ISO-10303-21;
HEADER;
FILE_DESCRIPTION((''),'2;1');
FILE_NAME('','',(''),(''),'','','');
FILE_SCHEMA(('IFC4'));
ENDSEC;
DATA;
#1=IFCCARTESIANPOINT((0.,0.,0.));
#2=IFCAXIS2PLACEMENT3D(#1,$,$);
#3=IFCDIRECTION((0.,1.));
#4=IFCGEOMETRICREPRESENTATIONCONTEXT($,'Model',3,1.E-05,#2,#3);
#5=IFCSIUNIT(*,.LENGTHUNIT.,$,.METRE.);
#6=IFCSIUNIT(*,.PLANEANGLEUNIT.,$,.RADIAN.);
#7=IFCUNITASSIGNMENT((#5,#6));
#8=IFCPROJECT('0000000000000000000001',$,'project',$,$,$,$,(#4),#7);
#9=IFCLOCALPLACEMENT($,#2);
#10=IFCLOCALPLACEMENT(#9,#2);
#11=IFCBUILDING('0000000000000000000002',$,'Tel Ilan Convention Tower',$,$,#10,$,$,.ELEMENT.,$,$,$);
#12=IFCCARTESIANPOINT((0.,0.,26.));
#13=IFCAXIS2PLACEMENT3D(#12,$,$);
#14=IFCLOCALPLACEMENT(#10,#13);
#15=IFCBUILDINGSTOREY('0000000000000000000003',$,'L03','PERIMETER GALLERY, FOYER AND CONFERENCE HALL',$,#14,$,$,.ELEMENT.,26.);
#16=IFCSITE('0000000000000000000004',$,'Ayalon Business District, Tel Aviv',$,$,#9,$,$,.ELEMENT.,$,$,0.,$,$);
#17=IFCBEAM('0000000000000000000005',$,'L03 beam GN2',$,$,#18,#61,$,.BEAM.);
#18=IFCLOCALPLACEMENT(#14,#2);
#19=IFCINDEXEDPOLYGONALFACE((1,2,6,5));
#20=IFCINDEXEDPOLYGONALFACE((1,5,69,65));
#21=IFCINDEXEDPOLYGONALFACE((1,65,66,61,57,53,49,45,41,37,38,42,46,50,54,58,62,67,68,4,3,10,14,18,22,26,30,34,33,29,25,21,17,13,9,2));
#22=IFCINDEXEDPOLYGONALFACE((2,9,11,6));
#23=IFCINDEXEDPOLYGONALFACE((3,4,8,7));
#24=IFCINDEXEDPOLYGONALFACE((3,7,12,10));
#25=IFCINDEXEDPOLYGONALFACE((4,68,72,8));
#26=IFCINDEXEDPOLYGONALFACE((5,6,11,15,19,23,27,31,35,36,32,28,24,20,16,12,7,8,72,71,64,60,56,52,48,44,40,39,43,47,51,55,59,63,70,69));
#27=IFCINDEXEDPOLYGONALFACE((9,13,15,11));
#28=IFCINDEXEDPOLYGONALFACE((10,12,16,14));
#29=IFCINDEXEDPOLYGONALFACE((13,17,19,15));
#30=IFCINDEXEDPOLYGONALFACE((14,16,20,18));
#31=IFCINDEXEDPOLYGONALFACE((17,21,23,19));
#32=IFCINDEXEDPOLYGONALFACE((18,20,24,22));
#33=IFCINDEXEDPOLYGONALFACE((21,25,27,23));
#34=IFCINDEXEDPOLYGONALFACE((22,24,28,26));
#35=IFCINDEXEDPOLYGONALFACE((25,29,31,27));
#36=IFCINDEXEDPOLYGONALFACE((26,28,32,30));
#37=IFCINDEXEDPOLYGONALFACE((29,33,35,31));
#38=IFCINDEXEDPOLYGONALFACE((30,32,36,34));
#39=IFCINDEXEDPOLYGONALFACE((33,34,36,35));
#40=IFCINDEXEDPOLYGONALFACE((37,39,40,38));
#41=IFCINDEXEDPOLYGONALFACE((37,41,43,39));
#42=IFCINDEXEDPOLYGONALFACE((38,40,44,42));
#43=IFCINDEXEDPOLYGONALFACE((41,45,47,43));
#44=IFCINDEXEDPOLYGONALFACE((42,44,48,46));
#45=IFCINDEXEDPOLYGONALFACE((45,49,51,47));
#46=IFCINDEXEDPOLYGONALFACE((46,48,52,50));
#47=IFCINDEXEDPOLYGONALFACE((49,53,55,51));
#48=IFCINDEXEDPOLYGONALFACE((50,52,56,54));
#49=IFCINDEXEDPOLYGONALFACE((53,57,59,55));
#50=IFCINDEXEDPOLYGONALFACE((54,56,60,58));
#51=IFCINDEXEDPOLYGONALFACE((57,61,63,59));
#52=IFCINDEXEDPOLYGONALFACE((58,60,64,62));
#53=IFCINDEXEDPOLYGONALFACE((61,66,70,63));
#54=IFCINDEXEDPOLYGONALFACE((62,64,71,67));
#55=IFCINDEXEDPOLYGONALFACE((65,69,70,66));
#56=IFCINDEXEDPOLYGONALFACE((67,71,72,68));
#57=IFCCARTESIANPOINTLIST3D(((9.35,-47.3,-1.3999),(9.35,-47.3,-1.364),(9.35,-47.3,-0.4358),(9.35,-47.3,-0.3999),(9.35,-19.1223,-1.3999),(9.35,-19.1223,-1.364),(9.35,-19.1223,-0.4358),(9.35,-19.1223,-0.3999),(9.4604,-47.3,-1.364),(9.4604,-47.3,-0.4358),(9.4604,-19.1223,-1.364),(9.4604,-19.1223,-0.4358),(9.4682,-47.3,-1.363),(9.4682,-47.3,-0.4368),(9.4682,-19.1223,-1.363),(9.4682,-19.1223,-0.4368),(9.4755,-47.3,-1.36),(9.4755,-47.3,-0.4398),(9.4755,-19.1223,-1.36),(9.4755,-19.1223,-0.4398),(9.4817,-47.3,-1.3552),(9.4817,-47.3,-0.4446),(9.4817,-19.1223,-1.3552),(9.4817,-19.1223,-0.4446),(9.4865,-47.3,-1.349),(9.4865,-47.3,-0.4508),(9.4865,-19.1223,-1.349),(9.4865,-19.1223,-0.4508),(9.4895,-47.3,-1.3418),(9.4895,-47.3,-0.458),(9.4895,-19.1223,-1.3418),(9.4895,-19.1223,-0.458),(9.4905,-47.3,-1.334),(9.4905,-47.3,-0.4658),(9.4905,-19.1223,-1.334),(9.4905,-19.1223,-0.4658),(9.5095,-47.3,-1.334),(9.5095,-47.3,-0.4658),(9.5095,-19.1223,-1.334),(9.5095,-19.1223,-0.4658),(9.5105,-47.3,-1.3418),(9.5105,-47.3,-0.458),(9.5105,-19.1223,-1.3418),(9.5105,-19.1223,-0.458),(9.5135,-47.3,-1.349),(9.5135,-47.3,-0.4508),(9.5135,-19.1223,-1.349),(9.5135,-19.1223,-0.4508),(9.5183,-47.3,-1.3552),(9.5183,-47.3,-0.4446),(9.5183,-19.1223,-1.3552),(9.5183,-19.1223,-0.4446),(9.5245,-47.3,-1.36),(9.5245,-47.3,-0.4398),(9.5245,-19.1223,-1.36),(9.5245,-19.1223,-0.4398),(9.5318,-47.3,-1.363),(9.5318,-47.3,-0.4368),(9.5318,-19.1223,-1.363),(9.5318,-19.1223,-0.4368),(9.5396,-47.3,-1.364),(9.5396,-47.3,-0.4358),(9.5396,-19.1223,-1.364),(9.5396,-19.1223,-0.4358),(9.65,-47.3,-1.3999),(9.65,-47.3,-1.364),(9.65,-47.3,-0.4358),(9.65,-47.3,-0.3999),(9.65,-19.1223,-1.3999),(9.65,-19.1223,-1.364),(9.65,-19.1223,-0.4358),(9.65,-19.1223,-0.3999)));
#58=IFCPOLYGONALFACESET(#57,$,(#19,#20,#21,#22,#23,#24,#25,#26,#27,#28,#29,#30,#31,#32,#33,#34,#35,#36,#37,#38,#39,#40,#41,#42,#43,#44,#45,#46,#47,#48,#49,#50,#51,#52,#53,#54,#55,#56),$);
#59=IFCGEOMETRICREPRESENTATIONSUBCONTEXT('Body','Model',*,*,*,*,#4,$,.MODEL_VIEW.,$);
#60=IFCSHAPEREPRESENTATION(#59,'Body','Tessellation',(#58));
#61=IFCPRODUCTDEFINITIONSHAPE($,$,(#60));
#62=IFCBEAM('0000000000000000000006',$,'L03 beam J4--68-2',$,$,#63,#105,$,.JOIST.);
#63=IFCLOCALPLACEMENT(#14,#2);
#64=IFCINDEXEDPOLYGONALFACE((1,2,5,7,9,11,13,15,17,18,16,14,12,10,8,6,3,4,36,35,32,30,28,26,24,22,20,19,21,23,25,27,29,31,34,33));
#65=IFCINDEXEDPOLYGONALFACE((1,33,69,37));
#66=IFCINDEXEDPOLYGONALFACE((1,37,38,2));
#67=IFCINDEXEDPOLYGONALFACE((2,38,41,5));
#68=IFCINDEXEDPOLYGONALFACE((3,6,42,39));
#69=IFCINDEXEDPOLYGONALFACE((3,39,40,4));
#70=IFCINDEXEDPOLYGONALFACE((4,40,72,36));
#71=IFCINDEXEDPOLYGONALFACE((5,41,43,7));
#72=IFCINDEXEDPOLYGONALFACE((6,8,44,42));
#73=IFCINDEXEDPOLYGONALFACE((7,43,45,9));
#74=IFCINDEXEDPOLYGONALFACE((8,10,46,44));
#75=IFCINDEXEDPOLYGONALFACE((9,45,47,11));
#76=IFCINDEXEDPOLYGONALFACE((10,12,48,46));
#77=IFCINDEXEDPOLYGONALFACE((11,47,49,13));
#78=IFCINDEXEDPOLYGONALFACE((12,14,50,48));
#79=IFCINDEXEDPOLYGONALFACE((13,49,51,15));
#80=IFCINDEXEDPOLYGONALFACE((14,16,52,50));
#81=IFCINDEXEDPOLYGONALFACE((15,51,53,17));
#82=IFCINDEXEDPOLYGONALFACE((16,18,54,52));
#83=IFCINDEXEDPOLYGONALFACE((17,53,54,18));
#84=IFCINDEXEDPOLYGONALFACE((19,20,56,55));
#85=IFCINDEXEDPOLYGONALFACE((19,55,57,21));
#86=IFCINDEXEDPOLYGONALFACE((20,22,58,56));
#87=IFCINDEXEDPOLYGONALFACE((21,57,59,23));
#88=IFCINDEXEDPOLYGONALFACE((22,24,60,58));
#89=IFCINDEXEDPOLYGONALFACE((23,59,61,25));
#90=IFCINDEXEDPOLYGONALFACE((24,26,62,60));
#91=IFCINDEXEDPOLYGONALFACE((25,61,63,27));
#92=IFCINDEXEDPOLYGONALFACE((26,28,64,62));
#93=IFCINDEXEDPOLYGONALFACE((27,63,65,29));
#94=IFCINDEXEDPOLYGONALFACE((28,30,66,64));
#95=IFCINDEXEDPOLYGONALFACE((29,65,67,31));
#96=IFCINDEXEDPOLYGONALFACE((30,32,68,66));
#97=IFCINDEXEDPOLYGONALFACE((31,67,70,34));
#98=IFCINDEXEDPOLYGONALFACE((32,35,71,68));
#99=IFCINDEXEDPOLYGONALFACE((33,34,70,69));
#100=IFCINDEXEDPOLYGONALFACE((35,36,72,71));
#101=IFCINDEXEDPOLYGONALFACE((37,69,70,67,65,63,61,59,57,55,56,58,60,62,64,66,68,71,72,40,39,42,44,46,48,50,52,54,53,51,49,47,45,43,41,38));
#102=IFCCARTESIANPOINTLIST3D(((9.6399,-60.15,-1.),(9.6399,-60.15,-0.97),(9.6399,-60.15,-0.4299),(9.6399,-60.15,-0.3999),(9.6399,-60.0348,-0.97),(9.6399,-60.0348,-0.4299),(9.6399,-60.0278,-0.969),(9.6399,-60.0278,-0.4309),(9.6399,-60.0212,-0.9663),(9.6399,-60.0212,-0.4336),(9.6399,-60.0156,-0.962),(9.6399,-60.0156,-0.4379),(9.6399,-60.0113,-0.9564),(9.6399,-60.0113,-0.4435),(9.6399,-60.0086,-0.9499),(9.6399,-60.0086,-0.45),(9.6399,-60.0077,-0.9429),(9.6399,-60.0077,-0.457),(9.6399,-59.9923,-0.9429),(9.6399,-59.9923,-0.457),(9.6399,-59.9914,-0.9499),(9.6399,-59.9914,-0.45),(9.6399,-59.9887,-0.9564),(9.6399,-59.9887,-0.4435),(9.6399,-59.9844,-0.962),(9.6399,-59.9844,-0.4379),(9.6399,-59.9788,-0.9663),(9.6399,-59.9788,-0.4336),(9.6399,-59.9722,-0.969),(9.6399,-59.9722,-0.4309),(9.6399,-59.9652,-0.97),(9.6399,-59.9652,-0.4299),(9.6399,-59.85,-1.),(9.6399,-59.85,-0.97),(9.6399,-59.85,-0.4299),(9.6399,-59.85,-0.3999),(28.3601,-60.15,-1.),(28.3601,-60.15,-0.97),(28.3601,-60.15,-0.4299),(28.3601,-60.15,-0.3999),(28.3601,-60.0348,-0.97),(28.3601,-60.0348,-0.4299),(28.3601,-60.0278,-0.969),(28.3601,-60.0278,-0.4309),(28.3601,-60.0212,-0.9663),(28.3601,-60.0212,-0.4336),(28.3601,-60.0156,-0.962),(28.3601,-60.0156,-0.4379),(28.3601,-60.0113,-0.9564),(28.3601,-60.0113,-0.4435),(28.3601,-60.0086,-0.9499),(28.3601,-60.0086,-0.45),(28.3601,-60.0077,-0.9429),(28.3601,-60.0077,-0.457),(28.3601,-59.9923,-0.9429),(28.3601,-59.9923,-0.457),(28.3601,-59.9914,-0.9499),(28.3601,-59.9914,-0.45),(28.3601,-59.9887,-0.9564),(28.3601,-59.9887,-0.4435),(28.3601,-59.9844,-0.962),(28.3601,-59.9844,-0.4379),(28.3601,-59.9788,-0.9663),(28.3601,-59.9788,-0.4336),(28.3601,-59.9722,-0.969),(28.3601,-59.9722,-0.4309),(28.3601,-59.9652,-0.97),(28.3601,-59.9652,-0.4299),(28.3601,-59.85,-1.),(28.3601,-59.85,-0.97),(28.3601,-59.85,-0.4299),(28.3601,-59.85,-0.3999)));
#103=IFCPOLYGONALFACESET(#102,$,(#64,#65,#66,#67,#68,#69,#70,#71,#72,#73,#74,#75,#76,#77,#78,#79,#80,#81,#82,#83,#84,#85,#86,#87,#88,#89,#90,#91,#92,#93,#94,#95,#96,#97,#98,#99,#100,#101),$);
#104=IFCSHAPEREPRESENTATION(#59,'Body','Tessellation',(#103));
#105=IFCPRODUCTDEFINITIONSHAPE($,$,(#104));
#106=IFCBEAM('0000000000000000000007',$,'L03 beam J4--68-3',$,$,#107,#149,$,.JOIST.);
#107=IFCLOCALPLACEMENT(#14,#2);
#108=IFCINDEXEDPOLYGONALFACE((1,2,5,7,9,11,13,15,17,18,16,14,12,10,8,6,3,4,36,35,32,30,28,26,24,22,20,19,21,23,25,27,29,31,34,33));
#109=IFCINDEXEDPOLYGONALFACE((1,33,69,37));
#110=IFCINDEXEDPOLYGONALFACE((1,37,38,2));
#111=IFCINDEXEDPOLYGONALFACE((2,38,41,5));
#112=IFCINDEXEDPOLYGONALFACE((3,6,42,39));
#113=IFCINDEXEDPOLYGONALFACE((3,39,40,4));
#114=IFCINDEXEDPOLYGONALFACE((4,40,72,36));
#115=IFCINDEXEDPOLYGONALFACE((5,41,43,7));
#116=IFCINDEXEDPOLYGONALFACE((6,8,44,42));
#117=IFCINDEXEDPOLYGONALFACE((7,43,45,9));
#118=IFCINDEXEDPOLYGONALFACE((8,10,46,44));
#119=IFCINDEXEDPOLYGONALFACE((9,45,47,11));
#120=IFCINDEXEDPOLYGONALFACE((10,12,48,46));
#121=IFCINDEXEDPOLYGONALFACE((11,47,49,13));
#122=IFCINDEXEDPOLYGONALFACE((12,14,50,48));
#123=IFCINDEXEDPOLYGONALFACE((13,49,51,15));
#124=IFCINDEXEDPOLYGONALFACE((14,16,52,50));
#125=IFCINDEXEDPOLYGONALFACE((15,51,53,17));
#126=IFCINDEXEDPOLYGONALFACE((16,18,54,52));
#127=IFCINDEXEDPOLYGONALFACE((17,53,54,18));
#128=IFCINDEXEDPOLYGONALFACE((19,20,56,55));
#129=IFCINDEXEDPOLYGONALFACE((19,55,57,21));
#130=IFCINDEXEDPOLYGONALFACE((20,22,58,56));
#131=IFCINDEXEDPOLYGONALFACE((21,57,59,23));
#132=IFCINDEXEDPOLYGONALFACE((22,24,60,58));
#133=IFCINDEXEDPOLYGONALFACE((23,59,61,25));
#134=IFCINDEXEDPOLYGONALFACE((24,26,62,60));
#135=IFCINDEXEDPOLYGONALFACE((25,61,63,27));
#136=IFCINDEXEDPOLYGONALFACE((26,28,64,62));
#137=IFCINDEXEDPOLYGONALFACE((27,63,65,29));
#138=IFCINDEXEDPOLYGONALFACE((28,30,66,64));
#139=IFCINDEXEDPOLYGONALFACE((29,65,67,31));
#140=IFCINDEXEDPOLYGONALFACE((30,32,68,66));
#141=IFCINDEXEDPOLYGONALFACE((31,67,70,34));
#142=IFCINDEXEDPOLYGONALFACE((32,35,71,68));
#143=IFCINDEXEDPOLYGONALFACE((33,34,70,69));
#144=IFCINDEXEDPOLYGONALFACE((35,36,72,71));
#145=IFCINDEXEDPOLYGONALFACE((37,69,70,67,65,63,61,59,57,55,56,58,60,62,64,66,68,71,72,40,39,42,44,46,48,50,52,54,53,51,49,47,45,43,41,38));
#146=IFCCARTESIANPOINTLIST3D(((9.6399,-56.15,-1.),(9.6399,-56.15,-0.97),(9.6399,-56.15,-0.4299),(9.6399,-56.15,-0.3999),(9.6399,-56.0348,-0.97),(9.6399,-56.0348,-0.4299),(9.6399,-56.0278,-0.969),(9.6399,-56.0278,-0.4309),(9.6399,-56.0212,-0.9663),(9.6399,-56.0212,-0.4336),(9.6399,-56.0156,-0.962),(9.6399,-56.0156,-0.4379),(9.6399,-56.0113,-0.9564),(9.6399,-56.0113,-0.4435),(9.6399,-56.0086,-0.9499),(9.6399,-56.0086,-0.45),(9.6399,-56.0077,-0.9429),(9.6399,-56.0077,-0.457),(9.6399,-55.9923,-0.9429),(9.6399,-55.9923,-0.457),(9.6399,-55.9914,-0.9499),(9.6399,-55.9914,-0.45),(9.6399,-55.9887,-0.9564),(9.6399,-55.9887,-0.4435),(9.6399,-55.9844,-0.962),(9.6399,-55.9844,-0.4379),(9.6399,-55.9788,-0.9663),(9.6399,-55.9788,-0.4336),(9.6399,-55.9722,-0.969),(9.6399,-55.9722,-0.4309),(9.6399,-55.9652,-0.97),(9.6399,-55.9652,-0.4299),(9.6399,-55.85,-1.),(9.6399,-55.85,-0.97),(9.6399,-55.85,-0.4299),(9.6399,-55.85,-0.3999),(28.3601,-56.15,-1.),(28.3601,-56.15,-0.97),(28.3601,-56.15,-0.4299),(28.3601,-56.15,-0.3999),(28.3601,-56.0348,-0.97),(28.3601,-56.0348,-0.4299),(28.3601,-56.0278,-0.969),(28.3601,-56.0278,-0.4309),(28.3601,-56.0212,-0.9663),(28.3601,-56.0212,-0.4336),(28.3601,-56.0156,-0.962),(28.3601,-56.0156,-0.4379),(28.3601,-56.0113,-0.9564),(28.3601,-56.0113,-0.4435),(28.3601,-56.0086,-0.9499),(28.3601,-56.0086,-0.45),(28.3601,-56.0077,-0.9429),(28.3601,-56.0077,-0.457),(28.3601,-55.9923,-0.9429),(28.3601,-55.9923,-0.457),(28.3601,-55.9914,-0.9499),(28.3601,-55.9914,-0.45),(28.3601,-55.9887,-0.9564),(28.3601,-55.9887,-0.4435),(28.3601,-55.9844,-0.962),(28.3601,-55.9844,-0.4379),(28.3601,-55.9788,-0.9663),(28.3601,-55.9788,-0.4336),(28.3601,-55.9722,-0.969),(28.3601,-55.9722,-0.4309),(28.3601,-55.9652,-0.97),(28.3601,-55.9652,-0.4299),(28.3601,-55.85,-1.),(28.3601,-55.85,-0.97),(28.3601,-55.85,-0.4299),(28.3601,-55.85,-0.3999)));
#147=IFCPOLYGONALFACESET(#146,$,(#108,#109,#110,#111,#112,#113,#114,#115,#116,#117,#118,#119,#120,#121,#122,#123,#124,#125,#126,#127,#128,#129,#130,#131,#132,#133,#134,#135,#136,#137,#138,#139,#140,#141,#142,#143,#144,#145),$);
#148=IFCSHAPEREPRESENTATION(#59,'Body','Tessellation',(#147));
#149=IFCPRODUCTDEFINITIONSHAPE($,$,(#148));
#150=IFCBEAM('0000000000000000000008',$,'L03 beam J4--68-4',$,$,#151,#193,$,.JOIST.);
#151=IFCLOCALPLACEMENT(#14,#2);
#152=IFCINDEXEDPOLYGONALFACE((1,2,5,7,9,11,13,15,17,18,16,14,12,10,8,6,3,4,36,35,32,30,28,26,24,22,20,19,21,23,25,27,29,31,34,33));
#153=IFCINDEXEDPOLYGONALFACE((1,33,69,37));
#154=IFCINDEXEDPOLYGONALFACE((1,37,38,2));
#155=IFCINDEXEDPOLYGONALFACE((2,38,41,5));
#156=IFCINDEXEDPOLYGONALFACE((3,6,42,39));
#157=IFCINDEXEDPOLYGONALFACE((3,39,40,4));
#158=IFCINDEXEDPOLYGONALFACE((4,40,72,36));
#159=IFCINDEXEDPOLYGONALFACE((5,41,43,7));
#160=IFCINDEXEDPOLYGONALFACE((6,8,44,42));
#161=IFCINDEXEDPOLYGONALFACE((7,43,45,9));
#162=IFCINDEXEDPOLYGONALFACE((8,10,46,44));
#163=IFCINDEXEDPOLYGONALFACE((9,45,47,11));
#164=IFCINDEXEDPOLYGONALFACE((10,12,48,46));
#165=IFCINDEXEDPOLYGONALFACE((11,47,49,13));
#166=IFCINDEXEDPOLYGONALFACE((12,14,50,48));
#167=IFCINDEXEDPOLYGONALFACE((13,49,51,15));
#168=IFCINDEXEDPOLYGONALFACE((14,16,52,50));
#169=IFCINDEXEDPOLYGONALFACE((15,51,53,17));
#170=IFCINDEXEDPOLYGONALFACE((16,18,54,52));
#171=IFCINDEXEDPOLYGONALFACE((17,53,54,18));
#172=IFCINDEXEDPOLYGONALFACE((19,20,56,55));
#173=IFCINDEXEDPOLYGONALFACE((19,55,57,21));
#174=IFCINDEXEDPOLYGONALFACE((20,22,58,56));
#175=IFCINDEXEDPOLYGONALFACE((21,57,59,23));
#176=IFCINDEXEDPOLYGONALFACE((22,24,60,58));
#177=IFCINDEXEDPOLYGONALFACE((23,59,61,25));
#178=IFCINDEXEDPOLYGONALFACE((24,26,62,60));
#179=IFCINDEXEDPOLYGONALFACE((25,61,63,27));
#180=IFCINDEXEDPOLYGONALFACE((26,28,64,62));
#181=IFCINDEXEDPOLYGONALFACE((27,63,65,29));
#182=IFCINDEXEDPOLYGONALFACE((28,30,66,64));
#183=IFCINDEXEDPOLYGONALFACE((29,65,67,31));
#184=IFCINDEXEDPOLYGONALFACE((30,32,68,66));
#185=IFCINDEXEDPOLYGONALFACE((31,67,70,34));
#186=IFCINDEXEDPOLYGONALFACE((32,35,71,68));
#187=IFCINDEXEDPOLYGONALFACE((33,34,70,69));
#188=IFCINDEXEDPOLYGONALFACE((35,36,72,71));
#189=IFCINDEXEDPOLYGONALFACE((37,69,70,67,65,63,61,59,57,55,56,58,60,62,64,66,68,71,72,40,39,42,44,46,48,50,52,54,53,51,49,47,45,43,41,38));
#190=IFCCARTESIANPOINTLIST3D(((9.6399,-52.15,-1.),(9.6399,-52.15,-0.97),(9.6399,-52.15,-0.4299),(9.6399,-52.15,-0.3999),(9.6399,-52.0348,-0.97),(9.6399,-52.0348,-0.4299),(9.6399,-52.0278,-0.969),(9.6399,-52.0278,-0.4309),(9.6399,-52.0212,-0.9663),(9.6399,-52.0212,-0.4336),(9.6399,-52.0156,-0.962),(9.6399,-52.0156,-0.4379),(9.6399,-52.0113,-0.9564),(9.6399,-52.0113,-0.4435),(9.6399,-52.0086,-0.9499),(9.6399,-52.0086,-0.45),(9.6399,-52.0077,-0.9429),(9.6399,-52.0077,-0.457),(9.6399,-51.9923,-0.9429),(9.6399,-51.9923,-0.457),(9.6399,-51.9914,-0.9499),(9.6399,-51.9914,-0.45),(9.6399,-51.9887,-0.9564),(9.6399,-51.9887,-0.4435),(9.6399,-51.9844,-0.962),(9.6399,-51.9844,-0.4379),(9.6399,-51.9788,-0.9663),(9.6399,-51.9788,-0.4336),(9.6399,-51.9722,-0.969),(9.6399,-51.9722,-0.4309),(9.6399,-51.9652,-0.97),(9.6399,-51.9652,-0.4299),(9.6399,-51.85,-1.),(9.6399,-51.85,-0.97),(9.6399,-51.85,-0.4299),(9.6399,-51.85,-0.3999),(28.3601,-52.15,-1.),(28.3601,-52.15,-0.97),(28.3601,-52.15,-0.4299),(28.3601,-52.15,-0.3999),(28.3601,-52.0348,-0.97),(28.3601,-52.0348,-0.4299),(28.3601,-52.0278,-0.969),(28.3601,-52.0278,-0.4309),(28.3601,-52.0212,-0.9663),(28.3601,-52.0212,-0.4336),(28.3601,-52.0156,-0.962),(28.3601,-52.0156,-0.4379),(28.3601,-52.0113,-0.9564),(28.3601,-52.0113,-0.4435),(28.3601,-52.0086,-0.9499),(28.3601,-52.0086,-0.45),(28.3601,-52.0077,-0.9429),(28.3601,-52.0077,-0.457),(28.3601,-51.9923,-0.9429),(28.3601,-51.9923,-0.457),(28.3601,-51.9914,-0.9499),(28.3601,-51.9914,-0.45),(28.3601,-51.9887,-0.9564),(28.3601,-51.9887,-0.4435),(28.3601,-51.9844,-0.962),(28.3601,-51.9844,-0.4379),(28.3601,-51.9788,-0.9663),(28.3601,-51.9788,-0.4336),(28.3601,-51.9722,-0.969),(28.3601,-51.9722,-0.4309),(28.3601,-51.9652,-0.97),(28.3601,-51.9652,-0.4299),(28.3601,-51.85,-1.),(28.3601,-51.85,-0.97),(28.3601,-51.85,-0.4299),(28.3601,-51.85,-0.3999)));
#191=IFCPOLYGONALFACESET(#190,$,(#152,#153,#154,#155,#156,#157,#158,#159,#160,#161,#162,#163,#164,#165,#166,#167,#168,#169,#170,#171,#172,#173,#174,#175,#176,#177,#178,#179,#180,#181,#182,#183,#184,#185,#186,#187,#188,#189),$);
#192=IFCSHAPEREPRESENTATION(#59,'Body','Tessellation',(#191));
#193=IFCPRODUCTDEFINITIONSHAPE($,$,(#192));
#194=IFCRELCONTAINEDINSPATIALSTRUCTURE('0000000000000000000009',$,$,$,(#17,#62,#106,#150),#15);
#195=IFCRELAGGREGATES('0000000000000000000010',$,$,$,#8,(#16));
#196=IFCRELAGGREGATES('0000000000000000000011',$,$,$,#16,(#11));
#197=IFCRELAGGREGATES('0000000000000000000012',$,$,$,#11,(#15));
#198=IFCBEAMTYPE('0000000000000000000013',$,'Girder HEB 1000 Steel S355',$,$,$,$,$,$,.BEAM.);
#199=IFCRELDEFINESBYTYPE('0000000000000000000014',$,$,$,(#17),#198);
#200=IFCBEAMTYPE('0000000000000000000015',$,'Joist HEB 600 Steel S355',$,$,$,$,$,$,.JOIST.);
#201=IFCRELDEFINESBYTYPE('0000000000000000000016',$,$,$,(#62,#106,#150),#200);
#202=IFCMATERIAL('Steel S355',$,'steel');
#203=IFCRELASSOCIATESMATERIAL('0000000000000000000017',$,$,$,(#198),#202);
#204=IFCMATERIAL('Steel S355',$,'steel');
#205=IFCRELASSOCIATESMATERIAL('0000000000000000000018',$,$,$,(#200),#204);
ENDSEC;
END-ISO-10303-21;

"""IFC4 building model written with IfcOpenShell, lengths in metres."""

from ifc_helpers import new_model, si_unit, direction, frame, origin, origin_2d, place, context, subcontext, project, spatial, i_section, extrude, material, material_profile, profile_set, type_object, element, save


model = new_model("IFC4")

# Units and contexts
model_context = context("Model", 3, precision=1e-05, world=origin(), true_north=direction((0.0, 1.0)))
body_context = subcontext(model_context, "Body", "Model", "MODEL_VIEW")
ifc_project = project(units=[si_unit("LENGTHUNIT", "METRE"), si_unit("PLANEANGLEUNIT", "RADIAN")], contexts=[model_context])

# Site, building, storey
site_placement = place(None, origin())
site = spatial("IfcSite", under=ifc_project, at=site_placement, Name="Ayalon Business District, Tel Aviv", CompositionType="ELEMENT", RefElevation=0.0)
building_placement = place(site_placement, origin())
building = spatial("IfcBuilding", under=site, at=building_placement, Name="Tel Ilan Convention Tower", CompositionType="ELEMENT")
storey_placement = place(building_placement, frame((0.0, 0.0, 26.0)))
storey = spatial("IfcBuildingStorey", under=building, at=storey_placement, Name="L03", Description="PERIMETER GALLERY, FOYER AND CONFERENCE HALL", CompositionType="ELEMENT", Elevation=26.0)

# Beams
ifc_material_1 = material(Name="Steel S355", Category="steel")
ifc_material_profile_1 = material_profile(ifc_material_1, i_section(OverallWidth=0.3, OverallDepth=1.0, WebThickness=0.019, FlangeThickness=0.0359, FilletRadius=0.03, at=origin_2d()), Name="HEB 1000")
ifc_profile_set_1 = profile_set([ifc_material_profile_1], Name="Steel S355")
beam_type_1 = type_object("IfcBeamType", Name="Girder HEB 1000 Steel S355", PredefinedType="BEAM", material=ifc_profile_set_1)
beam_1_placement = place(storey_placement, frame((9.5, -47.3, -0.8999), z_axis=(0.0, 1.0, 0.0), x_axis=(-1.0, 0.0, 0.0)))
element("IfcBeam", 1, at=beam_1_placement, inside=storey, type_object=beam_type_1, Name="L03 beam GN2", PredefinedType="BEAM", context=body_context, shape_type="SweptSolid", body=[
    extrude(i_section(OverallWidth=0.3, OverallDepth=1.0, WebThickness=0.019, FlangeThickness=0.0359, FilletRadius=0.03, at=origin_2d()), origin(), (0.0, 0.0, 1.0), 28.1777),
])
ifc_material_2 = material(Name="Steel S355", Category="steel")
ifc_material_profile_2 = material_profile(ifc_material_2, i_section(OverallWidth=0.3, OverallDepth=0.6001, WebThickness=0.0154, FlangeThickness=0.03, FilletRadius=0.0271, at=origin_2d()), Name="HEB 600")
ifc_profile_set_2 = profile_set([ifc_material_profile_2], Name="Steel S355")
beam_type_2 = type_object("IfcBeamType", Name="Joist HEB 600 Steel S355", PredefinedType="JOIST", material=ifc_profile_set_2)
for number, where, z_axis, x_axis, name in (
    (2, (9.6399, -60.0, -0.7), (1.0, 0.0, 0.0), (0.0, 1.0, 0.0), "L03 beam J4--68-2"),
    (3, (9.6399, -56.0, -0.7), (1.0, 0.0, 0.0), (0.0, 1.0, 0.0), "L03 beam J4--68-3"),
    (4, (9.6399, -52.0, -0.7), (1.0, 0.0, 0.0), (0.0, 1.0, 0.0), "L03 beam J4--68-4"),
):
    element("IfcBeam", number, at=place(storey_placement, frame(where, z_axis=z_axis, x_axis=x_axis)), inside=storey, type_object=beam_type_2, Name=name, PredefinedType="JOIST", context=body_context, shape_type="SweptSolid", body=[
        extrude(i_section(OverallWidth=0.3, OverallDepth=0.6001, WebThickness=0.0154, FlangeThickness=0.03, FilletRadius=0.0271, at=origin_2d()), origin(), (0.0, 0.0, 1.0), 18.7202),
    ])

save(model, "model.ifc")
